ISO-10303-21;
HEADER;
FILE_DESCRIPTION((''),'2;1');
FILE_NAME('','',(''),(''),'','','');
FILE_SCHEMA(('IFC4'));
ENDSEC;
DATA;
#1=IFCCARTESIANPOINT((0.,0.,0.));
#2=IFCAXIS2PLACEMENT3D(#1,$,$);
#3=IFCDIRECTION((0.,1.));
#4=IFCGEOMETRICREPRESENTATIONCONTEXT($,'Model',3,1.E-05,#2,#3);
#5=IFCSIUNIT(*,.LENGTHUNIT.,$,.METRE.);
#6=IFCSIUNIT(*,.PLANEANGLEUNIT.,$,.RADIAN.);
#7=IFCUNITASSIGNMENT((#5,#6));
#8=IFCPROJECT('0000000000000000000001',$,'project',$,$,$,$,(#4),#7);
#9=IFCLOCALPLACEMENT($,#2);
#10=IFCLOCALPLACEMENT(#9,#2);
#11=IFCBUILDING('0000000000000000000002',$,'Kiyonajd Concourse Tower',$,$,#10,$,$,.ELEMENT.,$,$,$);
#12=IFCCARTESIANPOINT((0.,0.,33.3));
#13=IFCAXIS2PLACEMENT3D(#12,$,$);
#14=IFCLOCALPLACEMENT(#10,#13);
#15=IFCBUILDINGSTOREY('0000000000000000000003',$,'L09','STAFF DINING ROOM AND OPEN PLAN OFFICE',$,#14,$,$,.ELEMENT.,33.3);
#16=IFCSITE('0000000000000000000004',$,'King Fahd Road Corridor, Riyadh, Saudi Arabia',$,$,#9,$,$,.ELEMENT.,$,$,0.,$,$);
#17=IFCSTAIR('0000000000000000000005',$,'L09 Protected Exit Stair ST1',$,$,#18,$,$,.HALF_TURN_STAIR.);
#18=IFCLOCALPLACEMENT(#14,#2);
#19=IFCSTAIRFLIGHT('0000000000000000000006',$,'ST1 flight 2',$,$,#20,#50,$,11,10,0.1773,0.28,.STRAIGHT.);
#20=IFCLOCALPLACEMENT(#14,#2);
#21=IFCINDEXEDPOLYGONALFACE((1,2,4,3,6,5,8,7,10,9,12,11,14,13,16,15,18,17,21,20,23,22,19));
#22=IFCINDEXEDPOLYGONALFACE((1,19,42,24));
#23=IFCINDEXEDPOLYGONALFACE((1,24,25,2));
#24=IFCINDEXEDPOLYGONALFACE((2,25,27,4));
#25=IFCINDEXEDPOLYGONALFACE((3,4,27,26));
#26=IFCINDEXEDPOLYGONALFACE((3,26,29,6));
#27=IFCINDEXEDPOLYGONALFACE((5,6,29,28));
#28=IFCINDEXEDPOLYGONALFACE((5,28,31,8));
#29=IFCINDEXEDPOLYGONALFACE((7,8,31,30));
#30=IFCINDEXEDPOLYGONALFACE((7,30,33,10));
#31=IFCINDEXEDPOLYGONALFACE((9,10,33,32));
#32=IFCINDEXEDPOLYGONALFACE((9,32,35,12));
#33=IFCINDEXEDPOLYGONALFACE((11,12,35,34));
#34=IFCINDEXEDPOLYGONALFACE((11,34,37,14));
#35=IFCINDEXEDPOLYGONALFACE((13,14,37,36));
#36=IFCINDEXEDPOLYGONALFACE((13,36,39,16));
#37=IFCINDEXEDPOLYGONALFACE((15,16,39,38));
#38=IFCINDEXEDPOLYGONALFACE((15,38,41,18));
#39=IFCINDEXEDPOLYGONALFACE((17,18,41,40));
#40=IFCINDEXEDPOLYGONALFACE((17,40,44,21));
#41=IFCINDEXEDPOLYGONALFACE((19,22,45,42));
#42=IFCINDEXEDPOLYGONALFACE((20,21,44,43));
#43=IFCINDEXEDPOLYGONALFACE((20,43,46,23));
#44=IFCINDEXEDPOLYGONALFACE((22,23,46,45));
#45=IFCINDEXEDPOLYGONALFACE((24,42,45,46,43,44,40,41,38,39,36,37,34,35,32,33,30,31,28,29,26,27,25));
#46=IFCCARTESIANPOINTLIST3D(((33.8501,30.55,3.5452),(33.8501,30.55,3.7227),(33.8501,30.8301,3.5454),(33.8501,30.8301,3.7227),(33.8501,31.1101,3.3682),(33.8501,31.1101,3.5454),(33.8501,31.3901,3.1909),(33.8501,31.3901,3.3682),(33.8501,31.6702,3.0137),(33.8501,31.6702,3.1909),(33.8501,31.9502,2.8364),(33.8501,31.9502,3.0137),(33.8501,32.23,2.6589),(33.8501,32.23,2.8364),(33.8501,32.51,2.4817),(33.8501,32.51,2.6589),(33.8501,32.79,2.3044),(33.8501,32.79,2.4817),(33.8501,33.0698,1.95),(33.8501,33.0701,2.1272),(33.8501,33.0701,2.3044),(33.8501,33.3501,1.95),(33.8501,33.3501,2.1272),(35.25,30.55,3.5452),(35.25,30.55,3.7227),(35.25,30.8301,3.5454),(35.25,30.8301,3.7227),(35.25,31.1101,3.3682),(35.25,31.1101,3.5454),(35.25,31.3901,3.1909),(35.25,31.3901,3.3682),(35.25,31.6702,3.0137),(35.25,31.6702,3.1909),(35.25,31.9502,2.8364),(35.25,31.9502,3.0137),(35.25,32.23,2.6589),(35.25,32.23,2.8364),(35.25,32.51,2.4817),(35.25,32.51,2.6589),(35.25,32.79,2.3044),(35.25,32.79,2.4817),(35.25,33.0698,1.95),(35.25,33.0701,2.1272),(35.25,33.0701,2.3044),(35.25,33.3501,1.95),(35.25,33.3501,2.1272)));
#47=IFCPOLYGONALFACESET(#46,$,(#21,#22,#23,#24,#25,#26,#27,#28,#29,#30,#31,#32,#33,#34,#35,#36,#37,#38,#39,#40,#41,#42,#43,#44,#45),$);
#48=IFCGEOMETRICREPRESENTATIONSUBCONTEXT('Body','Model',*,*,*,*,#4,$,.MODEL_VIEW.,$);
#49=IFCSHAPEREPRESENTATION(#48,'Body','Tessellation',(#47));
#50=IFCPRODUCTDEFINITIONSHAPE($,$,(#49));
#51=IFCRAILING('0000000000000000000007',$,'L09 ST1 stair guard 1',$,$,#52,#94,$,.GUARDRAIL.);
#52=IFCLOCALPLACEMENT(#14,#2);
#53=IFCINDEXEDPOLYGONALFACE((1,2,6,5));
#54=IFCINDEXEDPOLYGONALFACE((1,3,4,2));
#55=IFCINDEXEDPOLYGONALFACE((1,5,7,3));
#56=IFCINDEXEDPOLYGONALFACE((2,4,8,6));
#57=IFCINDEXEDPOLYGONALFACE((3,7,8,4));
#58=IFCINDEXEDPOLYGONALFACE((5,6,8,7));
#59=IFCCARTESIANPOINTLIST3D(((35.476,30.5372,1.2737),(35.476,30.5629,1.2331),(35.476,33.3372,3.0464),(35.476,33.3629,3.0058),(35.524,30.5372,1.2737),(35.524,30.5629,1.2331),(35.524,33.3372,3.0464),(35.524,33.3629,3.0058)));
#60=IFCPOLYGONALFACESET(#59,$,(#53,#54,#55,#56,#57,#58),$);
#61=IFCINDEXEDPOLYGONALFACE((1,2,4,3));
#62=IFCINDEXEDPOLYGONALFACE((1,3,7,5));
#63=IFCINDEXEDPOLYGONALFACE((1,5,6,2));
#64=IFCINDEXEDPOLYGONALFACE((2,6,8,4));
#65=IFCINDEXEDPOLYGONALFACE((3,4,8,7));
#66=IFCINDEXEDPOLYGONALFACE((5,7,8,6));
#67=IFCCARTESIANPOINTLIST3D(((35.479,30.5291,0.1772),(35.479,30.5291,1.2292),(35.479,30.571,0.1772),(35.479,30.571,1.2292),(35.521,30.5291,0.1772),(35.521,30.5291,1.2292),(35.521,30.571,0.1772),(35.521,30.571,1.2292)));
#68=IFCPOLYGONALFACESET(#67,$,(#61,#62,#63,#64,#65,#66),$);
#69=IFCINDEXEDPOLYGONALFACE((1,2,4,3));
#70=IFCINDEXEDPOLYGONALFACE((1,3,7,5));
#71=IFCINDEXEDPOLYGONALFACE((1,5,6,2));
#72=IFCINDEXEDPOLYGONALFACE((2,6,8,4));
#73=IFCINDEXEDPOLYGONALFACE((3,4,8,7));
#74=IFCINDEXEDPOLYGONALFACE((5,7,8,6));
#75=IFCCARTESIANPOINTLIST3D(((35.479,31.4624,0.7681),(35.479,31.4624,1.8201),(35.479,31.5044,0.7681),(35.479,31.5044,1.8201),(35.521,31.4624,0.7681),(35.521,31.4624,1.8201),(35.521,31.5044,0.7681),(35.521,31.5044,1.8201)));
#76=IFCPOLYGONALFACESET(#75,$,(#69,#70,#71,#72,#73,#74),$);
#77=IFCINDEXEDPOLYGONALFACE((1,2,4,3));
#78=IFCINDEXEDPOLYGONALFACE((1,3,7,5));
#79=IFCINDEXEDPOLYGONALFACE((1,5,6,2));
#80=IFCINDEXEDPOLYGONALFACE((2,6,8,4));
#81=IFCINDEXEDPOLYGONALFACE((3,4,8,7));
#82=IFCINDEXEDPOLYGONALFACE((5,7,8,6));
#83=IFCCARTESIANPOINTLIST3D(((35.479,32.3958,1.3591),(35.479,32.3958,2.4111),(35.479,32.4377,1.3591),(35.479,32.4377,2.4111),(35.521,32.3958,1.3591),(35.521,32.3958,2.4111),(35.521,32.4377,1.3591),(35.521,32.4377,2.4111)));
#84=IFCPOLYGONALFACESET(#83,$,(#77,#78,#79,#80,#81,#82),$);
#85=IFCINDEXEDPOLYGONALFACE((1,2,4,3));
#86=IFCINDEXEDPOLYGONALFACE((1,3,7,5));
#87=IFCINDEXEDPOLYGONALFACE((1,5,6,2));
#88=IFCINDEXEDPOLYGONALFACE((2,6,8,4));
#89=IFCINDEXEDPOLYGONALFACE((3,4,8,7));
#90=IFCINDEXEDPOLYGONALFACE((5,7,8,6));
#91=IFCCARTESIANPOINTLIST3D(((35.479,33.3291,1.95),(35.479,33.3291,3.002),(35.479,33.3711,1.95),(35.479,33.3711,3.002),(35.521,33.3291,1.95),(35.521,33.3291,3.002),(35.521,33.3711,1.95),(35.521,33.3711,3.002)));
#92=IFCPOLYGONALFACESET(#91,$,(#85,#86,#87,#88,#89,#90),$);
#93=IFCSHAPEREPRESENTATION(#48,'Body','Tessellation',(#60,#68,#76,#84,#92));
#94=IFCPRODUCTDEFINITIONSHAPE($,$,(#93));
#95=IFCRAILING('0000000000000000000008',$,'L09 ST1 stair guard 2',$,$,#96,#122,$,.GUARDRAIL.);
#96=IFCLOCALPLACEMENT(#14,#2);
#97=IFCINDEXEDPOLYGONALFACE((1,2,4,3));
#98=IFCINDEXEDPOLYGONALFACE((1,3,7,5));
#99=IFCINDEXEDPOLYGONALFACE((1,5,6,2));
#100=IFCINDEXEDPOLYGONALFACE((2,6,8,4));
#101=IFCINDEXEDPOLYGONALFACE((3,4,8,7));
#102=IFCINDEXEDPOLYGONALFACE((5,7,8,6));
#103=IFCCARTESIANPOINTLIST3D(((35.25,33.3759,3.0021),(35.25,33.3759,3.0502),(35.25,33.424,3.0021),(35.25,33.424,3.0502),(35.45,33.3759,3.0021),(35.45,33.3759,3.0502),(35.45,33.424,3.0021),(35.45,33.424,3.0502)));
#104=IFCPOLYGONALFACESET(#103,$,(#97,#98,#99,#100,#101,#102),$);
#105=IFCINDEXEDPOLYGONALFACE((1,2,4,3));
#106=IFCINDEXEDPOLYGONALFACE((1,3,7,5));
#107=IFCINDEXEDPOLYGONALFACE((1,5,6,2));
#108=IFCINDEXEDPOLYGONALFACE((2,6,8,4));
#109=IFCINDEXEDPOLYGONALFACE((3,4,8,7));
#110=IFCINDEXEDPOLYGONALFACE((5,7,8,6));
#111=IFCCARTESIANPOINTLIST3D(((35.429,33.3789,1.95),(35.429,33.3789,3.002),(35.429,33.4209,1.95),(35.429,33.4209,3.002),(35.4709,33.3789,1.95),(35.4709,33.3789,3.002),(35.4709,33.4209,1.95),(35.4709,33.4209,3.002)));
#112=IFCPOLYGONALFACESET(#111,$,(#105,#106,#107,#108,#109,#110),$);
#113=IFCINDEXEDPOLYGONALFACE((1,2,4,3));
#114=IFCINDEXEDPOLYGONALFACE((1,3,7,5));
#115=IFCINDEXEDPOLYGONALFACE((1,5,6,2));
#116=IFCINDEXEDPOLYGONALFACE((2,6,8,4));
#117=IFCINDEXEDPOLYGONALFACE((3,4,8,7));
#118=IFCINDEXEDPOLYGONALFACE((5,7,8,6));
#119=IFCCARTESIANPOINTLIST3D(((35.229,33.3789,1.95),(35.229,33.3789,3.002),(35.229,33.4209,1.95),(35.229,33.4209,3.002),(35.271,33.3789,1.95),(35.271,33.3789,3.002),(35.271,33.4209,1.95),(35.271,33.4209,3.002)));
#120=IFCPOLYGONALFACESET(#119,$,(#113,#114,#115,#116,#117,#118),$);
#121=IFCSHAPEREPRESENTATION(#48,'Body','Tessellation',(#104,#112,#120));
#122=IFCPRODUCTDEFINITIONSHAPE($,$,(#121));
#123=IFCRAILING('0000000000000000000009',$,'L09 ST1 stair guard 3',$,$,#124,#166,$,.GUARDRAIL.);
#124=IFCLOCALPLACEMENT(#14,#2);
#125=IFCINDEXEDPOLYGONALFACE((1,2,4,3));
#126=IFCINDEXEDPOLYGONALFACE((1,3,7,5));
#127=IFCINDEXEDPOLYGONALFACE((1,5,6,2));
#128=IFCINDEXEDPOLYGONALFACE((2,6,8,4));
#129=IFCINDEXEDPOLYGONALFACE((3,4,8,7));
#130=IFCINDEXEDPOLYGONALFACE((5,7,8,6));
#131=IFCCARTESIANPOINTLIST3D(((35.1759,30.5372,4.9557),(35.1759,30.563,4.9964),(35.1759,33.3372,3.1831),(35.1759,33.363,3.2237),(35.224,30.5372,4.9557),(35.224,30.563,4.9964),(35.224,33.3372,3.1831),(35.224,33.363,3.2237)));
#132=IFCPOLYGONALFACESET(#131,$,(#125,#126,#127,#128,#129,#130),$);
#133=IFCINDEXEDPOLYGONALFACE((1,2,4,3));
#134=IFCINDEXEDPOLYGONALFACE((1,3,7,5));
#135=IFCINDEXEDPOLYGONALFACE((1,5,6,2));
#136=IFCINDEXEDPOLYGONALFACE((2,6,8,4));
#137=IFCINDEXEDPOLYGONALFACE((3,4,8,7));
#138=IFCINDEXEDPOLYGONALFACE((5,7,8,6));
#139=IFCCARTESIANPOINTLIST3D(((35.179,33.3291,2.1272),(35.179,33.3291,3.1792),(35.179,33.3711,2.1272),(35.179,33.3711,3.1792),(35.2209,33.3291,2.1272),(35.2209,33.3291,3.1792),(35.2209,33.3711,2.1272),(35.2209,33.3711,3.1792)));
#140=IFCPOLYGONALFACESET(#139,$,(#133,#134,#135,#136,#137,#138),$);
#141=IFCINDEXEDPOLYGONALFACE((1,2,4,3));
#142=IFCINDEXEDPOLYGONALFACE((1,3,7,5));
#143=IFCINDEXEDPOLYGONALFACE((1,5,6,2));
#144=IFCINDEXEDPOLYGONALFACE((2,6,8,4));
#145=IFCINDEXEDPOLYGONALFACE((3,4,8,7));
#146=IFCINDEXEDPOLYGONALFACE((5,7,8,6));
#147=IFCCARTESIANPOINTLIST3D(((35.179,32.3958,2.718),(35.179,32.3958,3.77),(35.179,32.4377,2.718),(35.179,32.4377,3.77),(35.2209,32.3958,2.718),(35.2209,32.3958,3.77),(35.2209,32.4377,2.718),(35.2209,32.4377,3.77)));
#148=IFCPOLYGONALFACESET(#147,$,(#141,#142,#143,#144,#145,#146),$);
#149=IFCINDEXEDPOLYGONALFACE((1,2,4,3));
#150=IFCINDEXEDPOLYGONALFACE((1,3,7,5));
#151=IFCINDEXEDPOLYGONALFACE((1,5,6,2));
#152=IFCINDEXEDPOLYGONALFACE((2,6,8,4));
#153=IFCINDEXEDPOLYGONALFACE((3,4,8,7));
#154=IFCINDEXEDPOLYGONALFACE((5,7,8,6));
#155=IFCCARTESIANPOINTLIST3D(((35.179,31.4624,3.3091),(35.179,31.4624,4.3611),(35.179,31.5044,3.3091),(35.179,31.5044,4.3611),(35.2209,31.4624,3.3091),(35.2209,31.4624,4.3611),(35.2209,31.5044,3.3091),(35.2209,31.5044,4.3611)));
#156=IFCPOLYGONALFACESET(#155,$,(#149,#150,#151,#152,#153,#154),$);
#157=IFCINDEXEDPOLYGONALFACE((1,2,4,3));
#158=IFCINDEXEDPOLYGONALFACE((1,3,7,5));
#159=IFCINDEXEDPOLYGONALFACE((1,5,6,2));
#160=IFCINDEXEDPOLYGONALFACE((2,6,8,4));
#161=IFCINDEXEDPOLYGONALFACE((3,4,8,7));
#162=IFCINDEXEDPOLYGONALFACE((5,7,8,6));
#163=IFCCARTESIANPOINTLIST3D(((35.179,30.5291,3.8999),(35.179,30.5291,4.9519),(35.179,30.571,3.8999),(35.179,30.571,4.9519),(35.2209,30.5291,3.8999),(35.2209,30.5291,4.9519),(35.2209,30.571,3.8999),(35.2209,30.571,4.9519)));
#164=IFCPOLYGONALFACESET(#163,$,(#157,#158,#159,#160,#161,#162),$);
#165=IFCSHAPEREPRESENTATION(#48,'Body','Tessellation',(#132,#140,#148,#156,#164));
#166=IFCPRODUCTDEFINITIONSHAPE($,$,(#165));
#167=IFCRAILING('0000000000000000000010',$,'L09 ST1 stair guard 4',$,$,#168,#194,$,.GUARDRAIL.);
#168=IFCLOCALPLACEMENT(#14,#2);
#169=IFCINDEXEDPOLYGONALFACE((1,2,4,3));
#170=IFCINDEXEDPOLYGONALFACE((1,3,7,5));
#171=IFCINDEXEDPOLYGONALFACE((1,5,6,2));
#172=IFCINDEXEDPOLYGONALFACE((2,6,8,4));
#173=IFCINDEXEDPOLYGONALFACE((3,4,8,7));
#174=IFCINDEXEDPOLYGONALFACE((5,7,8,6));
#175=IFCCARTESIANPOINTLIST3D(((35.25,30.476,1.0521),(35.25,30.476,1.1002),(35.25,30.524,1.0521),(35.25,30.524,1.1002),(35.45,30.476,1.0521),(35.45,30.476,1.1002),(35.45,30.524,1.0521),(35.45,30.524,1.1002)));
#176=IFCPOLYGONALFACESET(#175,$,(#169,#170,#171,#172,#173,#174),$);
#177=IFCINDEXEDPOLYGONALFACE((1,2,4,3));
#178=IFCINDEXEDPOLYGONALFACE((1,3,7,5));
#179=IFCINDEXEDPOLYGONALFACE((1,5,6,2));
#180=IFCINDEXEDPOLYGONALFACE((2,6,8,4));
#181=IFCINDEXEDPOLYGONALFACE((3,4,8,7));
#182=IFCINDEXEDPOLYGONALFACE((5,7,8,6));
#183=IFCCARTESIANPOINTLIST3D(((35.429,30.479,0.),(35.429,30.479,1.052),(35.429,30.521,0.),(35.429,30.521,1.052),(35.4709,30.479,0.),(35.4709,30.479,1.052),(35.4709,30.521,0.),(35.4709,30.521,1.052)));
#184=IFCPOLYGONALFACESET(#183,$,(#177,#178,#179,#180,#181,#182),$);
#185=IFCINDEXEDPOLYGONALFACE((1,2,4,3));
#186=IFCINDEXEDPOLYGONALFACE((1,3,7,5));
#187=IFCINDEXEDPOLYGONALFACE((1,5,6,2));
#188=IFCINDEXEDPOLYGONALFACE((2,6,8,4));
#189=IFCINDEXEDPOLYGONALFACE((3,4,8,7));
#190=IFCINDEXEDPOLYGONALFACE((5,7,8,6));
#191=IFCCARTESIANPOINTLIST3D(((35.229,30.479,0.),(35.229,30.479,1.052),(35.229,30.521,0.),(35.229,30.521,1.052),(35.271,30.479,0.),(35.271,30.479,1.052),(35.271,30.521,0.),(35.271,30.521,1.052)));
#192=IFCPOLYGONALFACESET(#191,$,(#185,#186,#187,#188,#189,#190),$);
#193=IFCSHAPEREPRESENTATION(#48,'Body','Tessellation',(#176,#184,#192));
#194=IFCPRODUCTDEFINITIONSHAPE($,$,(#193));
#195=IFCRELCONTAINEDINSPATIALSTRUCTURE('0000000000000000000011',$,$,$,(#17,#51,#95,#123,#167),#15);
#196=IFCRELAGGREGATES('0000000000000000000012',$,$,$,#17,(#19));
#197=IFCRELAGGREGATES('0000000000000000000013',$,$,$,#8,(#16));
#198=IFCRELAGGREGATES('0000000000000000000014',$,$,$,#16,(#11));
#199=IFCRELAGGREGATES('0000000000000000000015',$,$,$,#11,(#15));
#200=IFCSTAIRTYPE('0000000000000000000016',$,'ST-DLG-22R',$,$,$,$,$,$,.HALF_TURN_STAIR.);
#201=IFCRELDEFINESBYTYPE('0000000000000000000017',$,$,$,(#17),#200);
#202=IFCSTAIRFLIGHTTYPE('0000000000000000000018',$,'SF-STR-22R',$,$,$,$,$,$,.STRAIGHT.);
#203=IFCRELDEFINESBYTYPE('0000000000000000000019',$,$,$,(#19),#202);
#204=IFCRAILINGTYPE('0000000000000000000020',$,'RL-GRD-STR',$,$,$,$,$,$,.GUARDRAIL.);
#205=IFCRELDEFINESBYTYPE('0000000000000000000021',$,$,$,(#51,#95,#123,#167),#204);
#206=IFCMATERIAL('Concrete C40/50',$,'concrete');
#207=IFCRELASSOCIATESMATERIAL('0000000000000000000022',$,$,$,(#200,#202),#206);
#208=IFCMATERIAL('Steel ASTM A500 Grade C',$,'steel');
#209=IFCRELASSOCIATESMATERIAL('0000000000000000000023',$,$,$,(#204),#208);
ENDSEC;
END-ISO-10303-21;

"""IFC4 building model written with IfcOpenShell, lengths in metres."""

from ifc_helpers import new_model, si_unit, direction, frame, origin, origin_2d, place, context, subcontext, project, spatial, polyline, rectangle, outline, extrude, material, type_object, element, aggregate, save


model = new_model("IFC4")

# Units and contexts
model_context = context("Model", 3, precision=1e-05, world=origin(), true_north=direction((0.0, 1.0)))
body_context = subcontext(model_context, "Body", "Model", "MODEL_VIEW")
ifc_project = project(units=[si_unit("LENGTHUNIT", "METRE"), si_unit("PLANEANGLEUNIT", "RADIAN")], contexts=[model_context])

# Site, building, storey
site_placement = place(None, origin())
site = spatial("IfcSite", under=ifc_project, at=site_placement, Name="King Fahd Road Corridor, Riyadh, Saudi Arabia", CompositionType="ELEMENT", RefElevation=0.0)
building_placement = place(site_placement, origin())
building = spatial("IfcBuilding", under=site, at=building_placement, Name="Kiyonajd Concourse Tower", CompositionType="ELEMENT")
storey_placement = place(building_placement, frame((0.0, 0.0, 33.3)))
storey = spatial("IfcBuildingStorey", under=building, at=storey_placement, Name="L09", Description="STAFF DINING ROOM AND OPEN PLAN OFFICE", CompositionType="ELEMENT", Elevation=33.3)

# Stair, stair flight
ifc_material_1 = material(Name="Concrete C40/50", Category="concrete")
stair_type = type_object("IfcStairType", Name="ST-DLG-22R", PredefinedType="HALF_TURN_STAIR", material=ifc_material_1)
stair_placement = place(storey_placement, origin())
stair = element("IfcStair", 1, at=stair_placement, inside=storey, type_object=stair_type, Name="L09 Protected Exit Stair ST1", PredefinedType="HALF_TURN_STAIR")
stair_flight_type = type_object("IfcStairFlightType", Name="SF-STR-22R", PredefinedType="STRAIGHT", material=ifc_material_1)
stair_flight_1_placement = place(storey_placement, frame((34.55, 33.3501, 1.95), z_axis=(0.0, 0.0, 1.0), x_axis=(0.0, -1.0, 0.0)))
stair_flight_1 = element("IfcStairFlight", 2, at=stair_flight_1_placement, type_object=stair_flight_type, Name="ST1 flight 2", NumberOfRisers=11, NumberOfTreads=10, PredefinedType="STRAIGHT", RiserHeight=0.1773, TreadLength=0.28, context=body_context, shape_type="SweptSolid", body=[
    extrude(outline(polyline([(0.0, 0.0), (0.0, 0.1772), (0.28, 0.1772), (0.28, 0.3545), (0.5601, 0.3545), (0.5601, 0.5317), (0.8401, 0.5317), (0.8401, 0.709), (1.1201, 0.709), (1.1201, 0.8865), (1.3999, 0.8865), (1.3999, 1.0637), (1.6799, 1.0637), (1.6799, 1.241), (1.96, 1.241), (1.96, 1.4182), (2.24, 1.4182), (2.24, 1.5955), (2.52, 1.5955), (2.52, 1.7727), (2.8, 1.7727), (2.8, 1.95), (2.8, 1.5952), (0.2803, 0.0), (0.0, 0.0)])), frame((0.0, 0.7, 0.0), z_axis=(0.0, -1.0, 0.0), x_axis=(1.0, 0.0, 0.0)), (0.0, 0.0, 1.0), 1.3999),
])
aggregate(stair, [stair_flight_1])

# Railings
ifc_material_2 = material(Name="Steel ASTM A500 Grade C", Category="steel")
railing_type_1 = type_object("IfcRailingType", Name="RL-GRD-STR", PredefinedType="GUARDRAIL", material=ifc_material_2)
railing_1_placement = place(storey_placement, frame((35.5, 30.55, 0.1772)))
element("IfcRailing", 3, at=railing_1_placement, inside=storey, type_object=railing_type_1, Name="L09 ST1 stair guard 1", PredefinedType="GUARDRAIL", context=body_context, shape_type="SweptSolid", body=[
    extrude(rectangle(XDim=0.0481, YDim=0.0481, at=origin_2d()), frame((0.0, 0.0, 1.0762), z_axis=(0.0, 0.844909, 0.53491), x_axis=(-1.0, 0.0, 0.0)), (0.0, 0.0, 1.0), 3.314),
    extrude(rectangle(XDim=0.042, YDim=0.042, at=origin_2d()), origin(), (0.0, 0.0, 1.0), 1.052),
    extrude(rectangle(XDim=0.042, YDim=0.042, at=origin_2d()), frame((0.0, 0.9333, 0.5908)), (0.0, 0.0, 1.0), 1.052),
    extrude(rectangle(XDim=0.042, YDim=0.042, at=origin_2d()), frame((0.0, 1.8667, 1.1819)), (0.0, 0.0, 1.0), 1.052),
    extrude(rectangle(XDim=0.042, YDim=0.042, at=origin_2d()), frame((0.0, 2.8, 1.7727)), (0.0, 0.0, 1.0), 1.052),
])
railing_2_placement = place(storey_placement, frame((35.45, 33.3999, 1.95)))
element("IfcRailing", 4, at=railing_2_placement, inside=storey, type_object=railing_type_1, Name="L09 ST1 stair guard 2", PredefinedType="GUARDRAIL", context=body_context, shape_type="SweptSolid", body=[
    extrude(rectangle(XDim=0.0481, YDim=0.0481, at=origin_2d()), frame((0.0, 0.0, 1.0762), z_axis=(-1.0, 0.0, 0.0), x_axis=(0.0, -1.0, 0.0)), (0.0, 0.0, 1.0), 0.2),
    extrude(rectangle(XDim=0.042, YDim=0.042, at=origin_2d()), origin(), (0.0, 0.0, 1.0), 1.052),
    extrude(rectangle(XDim=0.042, YDim=0.042, at=origin_2d()), frame((-0.2, 0.0, 0.0)), (0.0, 0.0, 1.0), 1.052),
])
railing_3_placement = place(storey_placement, frame((35.2, 33.3501, 2.1272)))
element("IfcRailing", 5, at=railing_3_placement, inside=storey, type_object=railing_type_1, Name="L09 ST1 stair guard 3", PredefinedType="GUARDRAIL", context=body_context, shape_type="SweptSolid", body=[
    extrude(rectangle(XDim=0.0481, YDim=0.0481, at=origin_2d()), frame((0.0, 0.0, 1.0762), z_axis=(0.0, -0.844909, 0.53491), x_axis=(1.0, 0.0, 0.0)), (0.0, 0.0, 1.0), 3.314),
    extrude(rectangle(XDim=0.042, YDim=0.042, at=origin_2d()), origin(), (0.0, 0.0, 1.0), 1.052),
    extrude(rectangle(XDim=0.042, YDim=0.042, at=origin_2d()), frame((0.0, -0.9333, 0.5908)), (0.0, 0.0, 1.0), 1.052),
    extrude(rectangle(XDim=0.042, YDim=0.042, at=origin_2d()), frame((0.0, -1.8667, 1.1819)), (0.0, 0.0, 1.0), 1.052),
    extrude(rectangle(XDim=0.042, YDim=0.042, at=origin_2d()), frame((0.0, -2.8, 1.7727)), (0.0, 0.0, 1.0), 1.052),
])
railing_4_placement = place(storey_placement, frame((35.45, 30.5, 0.0)))
element("IfcRailing", 6, at=railing_4_placement, inside=storey, type_object=railing_type_1, Name="L09 ST1 stair guard 4", PredefinedType="GUARDRAIL", context=body_context, shape_type="SweptSolid", body=[
    extrude(rectangle(XDim=0.0481, YDim=0.0481, at=origin_2d()), frame((0.0, 0.0, 1.0762), z_axis=(-1.0, 0.0, 0.0), x_axis=(0.0, -1.0, 0.0)), (0.0, 0.0, 1.0), 0.2),
    extrude(rectangle(XDim=0.042, YDim=0.042, at=origin_2d()), origin(), (0.0, 0.0, 1.0), 1.052),
    extrude(rectangle(XDim=0.042, YDim=0.042, at=origin_2d()), frame((-0.2, 0.0, 0.0)), (0.0, 0.0, 1.0), 1.052),
])

save(model, "model.ifc")
